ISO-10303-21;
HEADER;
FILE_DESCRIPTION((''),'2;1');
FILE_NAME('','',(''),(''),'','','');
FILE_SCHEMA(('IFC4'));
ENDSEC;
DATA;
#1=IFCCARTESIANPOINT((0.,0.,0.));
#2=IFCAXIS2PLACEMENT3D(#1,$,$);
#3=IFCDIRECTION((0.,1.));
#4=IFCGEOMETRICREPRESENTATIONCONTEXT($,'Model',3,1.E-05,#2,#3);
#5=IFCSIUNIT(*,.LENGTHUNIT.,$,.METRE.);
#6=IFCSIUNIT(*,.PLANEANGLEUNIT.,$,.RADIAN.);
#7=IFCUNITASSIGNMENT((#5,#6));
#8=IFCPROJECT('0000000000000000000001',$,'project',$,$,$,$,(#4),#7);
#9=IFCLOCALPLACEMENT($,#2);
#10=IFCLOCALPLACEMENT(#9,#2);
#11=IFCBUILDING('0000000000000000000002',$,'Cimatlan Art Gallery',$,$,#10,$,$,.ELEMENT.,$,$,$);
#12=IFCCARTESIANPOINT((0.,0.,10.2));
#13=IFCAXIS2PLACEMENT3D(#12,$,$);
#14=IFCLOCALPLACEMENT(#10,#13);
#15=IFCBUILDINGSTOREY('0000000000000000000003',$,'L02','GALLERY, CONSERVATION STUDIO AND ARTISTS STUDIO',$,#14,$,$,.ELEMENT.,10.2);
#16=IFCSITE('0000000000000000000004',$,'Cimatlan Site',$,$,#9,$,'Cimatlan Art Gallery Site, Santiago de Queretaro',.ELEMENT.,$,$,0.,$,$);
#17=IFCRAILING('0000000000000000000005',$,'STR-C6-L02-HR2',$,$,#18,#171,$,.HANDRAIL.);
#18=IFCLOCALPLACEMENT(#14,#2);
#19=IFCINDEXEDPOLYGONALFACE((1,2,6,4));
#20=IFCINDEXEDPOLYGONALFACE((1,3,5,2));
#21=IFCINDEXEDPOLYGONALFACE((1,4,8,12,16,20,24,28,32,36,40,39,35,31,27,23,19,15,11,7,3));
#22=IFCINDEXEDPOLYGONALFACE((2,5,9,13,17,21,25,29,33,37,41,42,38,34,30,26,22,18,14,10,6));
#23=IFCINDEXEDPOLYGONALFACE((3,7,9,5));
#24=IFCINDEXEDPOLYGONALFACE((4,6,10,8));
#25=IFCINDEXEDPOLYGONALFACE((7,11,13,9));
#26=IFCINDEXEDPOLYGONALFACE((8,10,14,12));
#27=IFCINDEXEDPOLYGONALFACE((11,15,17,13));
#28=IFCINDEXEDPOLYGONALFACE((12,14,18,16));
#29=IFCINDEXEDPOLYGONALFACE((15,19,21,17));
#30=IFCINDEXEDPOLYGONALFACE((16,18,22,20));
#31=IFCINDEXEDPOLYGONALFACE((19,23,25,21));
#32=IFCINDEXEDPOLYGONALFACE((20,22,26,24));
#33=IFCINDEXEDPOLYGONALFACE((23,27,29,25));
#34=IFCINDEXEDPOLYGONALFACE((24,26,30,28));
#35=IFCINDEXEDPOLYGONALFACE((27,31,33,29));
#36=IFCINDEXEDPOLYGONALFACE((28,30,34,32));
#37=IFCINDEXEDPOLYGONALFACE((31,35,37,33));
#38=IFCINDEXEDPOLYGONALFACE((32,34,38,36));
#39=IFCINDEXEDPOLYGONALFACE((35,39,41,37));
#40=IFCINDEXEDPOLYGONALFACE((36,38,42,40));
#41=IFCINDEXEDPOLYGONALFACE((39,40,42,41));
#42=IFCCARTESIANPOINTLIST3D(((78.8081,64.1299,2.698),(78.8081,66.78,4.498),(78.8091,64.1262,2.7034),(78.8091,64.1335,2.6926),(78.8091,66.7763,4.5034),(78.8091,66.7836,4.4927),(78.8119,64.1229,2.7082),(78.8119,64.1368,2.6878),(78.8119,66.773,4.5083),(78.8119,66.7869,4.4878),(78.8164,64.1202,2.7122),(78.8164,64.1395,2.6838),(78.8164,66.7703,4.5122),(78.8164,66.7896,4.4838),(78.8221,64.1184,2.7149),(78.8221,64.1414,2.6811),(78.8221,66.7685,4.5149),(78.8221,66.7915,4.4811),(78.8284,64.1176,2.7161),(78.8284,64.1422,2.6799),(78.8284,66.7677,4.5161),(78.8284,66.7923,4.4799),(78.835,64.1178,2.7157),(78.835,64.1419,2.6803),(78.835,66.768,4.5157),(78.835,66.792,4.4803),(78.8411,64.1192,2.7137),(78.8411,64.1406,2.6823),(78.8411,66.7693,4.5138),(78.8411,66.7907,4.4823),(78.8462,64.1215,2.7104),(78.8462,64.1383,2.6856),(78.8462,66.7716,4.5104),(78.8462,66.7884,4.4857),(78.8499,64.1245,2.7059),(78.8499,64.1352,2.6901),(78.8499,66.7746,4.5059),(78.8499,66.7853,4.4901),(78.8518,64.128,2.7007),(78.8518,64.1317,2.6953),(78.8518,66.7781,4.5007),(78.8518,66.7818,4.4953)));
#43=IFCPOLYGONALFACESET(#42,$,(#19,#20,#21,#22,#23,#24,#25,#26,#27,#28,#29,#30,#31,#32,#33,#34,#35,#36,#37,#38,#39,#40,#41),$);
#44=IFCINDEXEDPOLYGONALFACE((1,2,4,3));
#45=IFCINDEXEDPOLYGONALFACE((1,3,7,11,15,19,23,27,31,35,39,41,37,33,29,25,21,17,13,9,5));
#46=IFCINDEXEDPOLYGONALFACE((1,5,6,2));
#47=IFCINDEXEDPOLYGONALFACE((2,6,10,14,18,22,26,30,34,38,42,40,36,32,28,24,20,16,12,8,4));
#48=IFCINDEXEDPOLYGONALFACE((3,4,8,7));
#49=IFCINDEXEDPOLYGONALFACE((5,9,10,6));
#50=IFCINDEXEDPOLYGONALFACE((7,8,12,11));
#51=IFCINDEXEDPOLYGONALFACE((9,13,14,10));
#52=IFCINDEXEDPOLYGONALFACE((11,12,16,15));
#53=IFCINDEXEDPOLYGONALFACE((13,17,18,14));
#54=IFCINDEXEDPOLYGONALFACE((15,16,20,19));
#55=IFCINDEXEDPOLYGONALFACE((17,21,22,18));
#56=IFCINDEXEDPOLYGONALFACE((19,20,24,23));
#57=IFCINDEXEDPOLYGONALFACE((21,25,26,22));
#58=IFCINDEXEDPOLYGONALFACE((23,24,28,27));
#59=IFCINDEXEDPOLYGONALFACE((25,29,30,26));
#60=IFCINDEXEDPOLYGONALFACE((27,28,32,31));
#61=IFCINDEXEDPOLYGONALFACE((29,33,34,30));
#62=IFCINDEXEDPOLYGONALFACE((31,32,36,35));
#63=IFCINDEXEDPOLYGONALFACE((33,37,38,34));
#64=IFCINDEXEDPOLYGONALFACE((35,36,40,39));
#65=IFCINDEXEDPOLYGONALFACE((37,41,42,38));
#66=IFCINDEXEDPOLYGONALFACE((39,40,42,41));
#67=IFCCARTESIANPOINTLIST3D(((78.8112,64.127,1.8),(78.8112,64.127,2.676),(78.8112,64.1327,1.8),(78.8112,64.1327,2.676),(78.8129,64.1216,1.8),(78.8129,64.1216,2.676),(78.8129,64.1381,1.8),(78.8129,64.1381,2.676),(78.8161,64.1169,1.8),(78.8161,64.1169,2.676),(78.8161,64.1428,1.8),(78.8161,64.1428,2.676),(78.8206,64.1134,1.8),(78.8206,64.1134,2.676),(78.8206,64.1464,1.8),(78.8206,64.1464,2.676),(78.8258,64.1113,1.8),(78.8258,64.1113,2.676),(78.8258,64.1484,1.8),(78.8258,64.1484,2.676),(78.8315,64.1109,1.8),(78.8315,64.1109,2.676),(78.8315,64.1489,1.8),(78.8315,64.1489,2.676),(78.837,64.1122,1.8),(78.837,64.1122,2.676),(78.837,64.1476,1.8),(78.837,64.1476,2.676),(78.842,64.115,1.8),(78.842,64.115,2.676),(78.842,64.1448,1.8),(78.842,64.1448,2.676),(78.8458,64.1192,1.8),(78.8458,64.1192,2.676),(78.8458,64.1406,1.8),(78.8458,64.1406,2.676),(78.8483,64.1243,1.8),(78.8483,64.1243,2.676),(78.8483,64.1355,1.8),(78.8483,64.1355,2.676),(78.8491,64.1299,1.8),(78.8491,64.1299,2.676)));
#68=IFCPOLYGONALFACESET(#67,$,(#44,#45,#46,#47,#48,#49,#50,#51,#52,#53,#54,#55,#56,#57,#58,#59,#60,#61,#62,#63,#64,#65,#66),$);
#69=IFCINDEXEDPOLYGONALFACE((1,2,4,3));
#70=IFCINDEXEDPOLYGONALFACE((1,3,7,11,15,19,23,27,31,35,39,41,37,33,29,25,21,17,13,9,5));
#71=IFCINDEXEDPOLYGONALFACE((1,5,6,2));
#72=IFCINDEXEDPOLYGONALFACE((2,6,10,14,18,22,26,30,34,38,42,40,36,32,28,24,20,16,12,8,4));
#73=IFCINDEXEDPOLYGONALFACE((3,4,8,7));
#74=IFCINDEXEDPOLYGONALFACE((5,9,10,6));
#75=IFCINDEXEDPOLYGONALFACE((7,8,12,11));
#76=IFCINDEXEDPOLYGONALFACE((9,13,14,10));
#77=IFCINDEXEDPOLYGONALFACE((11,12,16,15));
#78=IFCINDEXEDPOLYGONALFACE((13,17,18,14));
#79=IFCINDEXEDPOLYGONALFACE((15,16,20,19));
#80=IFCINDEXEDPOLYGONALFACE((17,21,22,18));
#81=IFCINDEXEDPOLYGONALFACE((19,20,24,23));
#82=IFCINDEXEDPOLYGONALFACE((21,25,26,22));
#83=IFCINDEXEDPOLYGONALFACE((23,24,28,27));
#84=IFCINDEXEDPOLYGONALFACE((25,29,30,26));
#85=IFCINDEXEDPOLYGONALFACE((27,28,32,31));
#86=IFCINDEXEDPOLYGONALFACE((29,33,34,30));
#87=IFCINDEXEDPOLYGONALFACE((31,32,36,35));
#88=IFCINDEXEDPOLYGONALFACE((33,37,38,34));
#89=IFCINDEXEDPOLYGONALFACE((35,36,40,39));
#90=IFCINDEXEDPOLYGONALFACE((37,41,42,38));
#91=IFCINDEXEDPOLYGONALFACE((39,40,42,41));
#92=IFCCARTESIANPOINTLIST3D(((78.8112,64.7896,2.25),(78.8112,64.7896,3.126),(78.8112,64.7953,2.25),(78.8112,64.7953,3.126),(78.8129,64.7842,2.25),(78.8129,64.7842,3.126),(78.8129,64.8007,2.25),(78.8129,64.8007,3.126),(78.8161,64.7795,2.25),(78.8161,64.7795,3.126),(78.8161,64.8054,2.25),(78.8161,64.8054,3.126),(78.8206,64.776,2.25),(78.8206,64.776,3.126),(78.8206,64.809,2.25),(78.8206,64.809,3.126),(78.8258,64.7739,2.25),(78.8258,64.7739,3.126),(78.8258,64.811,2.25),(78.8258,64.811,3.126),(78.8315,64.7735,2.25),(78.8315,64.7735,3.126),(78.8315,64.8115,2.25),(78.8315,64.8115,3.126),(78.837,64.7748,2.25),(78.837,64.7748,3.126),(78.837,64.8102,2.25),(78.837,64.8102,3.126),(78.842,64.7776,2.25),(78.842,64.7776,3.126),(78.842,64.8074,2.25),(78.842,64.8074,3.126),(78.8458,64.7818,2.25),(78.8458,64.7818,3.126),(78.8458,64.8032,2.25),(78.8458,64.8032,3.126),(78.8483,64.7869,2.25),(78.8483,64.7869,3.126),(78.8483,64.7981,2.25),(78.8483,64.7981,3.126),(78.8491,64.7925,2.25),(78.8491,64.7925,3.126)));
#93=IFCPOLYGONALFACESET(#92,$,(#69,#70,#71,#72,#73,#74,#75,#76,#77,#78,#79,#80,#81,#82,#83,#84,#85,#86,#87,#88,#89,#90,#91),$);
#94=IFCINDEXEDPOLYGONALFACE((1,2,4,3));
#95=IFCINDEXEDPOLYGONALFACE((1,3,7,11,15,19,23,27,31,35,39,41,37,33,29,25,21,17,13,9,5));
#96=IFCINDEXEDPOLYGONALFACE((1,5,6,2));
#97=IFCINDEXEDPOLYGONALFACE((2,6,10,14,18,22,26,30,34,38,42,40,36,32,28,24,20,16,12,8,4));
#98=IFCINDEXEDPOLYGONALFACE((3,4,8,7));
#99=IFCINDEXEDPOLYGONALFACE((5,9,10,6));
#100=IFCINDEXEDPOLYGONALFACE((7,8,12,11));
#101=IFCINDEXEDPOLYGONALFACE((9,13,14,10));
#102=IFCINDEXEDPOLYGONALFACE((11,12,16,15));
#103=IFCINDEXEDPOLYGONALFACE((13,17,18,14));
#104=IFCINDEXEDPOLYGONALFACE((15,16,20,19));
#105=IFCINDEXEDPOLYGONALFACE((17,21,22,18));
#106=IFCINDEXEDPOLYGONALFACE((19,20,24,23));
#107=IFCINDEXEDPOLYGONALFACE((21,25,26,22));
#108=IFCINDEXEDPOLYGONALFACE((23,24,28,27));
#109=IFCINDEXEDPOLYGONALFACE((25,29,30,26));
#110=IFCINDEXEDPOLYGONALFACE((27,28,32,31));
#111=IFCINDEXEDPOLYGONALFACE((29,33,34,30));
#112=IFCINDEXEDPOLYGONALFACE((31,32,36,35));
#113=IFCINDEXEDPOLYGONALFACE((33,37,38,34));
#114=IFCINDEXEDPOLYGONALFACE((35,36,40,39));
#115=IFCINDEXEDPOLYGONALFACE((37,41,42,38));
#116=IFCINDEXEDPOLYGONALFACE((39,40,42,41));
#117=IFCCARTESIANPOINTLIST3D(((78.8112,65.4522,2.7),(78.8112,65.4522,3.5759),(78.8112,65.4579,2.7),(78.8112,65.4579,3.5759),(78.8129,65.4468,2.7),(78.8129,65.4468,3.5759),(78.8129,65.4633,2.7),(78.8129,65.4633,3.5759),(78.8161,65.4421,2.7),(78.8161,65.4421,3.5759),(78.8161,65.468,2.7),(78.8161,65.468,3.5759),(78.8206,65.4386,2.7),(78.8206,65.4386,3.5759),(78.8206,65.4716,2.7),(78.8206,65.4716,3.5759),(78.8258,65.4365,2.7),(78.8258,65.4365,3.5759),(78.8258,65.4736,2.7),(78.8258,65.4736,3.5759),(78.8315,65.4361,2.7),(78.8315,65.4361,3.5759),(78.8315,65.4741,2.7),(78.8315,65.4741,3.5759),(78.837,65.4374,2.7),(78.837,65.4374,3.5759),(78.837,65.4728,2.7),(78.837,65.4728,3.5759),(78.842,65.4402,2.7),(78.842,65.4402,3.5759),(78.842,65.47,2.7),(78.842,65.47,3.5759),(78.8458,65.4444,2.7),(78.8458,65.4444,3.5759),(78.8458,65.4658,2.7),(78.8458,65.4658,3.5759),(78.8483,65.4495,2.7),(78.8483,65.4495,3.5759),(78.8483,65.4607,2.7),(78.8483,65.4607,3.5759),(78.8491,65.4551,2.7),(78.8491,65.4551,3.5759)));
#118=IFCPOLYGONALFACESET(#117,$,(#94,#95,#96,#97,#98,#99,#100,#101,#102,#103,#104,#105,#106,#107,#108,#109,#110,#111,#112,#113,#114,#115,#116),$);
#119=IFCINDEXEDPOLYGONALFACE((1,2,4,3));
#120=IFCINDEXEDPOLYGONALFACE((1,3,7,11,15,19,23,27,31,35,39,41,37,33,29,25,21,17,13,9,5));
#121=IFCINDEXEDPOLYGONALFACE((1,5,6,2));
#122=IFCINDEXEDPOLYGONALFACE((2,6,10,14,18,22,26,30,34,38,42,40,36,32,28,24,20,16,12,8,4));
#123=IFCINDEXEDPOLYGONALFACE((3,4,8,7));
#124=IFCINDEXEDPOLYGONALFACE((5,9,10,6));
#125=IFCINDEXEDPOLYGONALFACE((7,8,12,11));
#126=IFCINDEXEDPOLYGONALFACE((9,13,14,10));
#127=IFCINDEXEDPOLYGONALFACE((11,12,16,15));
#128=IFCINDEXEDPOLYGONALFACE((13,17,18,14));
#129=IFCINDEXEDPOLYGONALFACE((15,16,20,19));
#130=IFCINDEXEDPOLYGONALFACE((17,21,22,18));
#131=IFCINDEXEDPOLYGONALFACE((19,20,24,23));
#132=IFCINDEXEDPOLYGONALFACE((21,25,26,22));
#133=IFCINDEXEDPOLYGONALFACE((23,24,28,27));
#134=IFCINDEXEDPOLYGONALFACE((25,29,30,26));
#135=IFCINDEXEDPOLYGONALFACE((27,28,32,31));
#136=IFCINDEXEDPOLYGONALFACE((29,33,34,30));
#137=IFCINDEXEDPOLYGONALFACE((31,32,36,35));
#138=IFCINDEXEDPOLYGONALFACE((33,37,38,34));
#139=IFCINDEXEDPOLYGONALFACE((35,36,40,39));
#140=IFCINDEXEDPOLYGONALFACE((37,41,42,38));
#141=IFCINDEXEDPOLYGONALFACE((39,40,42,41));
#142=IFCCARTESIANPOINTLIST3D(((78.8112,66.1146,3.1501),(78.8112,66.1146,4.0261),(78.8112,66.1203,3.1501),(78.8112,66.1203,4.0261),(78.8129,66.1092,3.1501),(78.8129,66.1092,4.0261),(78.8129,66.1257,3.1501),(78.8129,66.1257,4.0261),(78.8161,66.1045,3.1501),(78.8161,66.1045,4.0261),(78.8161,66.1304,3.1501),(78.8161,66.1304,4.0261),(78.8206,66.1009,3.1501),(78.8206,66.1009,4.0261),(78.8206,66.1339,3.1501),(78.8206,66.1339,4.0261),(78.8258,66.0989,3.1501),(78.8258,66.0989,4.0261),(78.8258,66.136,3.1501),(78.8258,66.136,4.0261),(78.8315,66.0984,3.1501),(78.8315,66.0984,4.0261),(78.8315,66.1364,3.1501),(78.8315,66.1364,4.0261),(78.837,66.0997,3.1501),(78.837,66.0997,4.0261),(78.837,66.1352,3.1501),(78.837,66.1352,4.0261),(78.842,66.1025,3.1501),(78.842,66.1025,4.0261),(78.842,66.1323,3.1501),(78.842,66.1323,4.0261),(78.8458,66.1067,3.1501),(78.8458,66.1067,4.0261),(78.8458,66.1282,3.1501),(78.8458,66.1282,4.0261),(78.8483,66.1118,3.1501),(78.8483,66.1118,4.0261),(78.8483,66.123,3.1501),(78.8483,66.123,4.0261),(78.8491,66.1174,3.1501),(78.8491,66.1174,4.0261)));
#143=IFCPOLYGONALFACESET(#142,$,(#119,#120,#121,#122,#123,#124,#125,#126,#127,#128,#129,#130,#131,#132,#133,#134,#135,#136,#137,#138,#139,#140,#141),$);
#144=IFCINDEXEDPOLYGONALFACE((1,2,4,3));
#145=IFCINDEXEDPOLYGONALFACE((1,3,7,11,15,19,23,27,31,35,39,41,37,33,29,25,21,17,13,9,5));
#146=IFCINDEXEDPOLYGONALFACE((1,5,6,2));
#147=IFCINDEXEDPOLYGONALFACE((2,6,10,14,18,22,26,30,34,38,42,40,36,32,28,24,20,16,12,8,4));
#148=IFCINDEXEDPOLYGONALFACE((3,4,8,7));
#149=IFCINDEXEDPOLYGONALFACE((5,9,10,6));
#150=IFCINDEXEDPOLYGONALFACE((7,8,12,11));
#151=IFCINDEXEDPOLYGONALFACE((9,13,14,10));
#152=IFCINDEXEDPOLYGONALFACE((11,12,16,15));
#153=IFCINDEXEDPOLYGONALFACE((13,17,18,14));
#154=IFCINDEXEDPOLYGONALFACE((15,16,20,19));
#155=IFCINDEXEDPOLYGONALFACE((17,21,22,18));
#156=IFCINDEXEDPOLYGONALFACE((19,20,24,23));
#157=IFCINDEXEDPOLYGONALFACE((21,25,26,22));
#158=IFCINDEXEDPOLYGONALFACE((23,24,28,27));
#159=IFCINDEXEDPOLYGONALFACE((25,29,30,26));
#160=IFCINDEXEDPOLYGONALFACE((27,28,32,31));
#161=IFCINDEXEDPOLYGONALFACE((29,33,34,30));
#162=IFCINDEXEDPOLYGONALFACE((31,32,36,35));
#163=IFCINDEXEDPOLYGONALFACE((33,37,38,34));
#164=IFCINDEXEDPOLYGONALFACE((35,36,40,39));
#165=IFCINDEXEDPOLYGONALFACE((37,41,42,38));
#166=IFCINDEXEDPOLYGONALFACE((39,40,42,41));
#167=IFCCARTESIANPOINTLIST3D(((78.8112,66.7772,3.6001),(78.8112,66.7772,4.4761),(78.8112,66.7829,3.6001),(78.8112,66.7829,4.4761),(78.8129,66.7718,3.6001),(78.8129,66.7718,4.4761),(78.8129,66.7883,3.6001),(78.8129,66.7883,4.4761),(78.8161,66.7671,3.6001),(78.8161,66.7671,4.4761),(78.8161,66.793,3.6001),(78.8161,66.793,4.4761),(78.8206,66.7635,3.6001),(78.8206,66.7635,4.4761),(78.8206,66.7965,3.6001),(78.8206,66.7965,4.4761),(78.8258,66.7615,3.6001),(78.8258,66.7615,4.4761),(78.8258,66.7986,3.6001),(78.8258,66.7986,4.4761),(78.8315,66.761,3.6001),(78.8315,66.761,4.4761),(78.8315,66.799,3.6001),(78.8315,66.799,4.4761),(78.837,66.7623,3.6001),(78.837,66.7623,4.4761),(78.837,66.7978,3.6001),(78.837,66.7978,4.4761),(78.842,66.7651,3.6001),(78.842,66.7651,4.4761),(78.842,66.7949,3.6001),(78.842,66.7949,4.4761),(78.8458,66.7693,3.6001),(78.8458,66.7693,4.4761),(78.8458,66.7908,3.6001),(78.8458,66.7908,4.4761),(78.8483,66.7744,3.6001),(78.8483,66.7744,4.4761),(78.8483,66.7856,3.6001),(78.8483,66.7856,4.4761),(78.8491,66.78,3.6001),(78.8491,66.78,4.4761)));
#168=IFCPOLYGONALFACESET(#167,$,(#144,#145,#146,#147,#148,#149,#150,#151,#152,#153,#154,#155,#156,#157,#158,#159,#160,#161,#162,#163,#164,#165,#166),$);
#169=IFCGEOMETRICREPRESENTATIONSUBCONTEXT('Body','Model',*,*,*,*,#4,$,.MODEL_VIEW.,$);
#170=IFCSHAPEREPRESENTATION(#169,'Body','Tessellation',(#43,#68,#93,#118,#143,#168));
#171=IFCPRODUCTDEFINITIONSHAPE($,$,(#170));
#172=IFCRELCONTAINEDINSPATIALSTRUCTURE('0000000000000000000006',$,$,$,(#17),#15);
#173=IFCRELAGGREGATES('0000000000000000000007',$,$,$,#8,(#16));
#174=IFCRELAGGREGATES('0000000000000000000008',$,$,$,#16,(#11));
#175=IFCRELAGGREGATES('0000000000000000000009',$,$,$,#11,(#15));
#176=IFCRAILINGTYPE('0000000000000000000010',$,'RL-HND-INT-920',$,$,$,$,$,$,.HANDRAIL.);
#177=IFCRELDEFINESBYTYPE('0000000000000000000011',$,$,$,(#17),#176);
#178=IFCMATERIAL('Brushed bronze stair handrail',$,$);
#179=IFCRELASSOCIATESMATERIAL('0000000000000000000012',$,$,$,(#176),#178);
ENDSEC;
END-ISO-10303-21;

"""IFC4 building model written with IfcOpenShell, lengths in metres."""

from ifc_helpers import new_model, si_unit, direction, frame, origin, origin_2d, place, context, subcontext, project, spatial, circle, extrude, material, type_object, element, save


model = new_model("IFC4")

# Units and contexts
model_context = context("Model", 3, precision=1e-05, world=origin(), true_north=direction((0.0, 1.0)))
body_context = subcontext(model_context, "Body", "Model", "MODEL_VIEW")
ifc_project = project(units=[si_unit("LENGTHUNIT", "METRE"), si_unit("PLANEANGLEUNIT", "RADIAN")], contexts=[model_context])

# Site, building, storey
site_placement = place(None, origin())
site = spatial("IfcSite", under=ifc_project, at=site_placement, Name="Cimatlan Site", LongName="Cimatlan Art Gallery Site, Santiago de Queretaro", CompositionType="ELEMENT", RefElevation=0.0)
building_placement = place(site_placement, origin())
building = spatial("IfcBuilding", under=site, at=building_placement, Name="Cimatlan Art Gallery", CompositionType="ELEMENT")
storey_placement = place(building_placement, frame((0.0, 0.0, 10.2)))
storey = spatial("IfcBuildingStorey", under=building, at=storey_placement, Name="L02", Description="GALLERY, CONSERVATION STUDIO AND ARTISTS STUDIO", CompositionType="ELEMENT", Elevation=10.2)

# Railing
ifc_material_1 = material(Name="Brushed bronze stair handrail")
railing_type_1 = type_object("IfcRailingType", Name="RL-HND-INT-920", PredefinedType="HANDRAIL", material=ifc_material_1)
railing_1_placement = place(storey_placement, frame((78.8301, 64.1299, 1.8)))
element("IfcRailing", 1, at=railing_1_placement, inside=storey, type_object=railing_type_1, Name="STR-C6-L02-HR2", PredefinedType="HANDRAIL", context=body_context, shape_type="SweptSolid", body=[
    extrude(circle(Radius=0.022, at=origin_2d()), frame((0.0, 0.0, 0.8979), z_axis=(0.0, 0.827224, 0.561872), x_axis=(-1.0, 0.0, 0.0)), (0.0, 0.0, 1.0), 3.2036),
    extrude(circle(Radius=0.019, at=origin_2d()), origin(), (0.0, 0.0, 1.0), 0.876),
    extrude(circle(Radius=0.019, at=origin_2d()), frame((0.0, 0.6626, 0.45)), (0.0, 0.0, 1.0), 0.876),
    extrude(circle(Radius=0.019, at=origin_2d()), frame((0.0, 1.3252, 0.8999)), (0.0, 0.0, 1.0), 0.876),
    extrude(circle(Radius=0.019, at=origin_2d()), frame((0.0, 1.9875, 1.3501)), (0.0, 0.0, 1.0), 0.876),
    extrude(circle(Radius=0.019, at=origin_2d()), frame((0.0, 2.6501, 1.8)), (0.0, 0.0, 1.0), 0.876),
])

save(model, "model.ifc")
